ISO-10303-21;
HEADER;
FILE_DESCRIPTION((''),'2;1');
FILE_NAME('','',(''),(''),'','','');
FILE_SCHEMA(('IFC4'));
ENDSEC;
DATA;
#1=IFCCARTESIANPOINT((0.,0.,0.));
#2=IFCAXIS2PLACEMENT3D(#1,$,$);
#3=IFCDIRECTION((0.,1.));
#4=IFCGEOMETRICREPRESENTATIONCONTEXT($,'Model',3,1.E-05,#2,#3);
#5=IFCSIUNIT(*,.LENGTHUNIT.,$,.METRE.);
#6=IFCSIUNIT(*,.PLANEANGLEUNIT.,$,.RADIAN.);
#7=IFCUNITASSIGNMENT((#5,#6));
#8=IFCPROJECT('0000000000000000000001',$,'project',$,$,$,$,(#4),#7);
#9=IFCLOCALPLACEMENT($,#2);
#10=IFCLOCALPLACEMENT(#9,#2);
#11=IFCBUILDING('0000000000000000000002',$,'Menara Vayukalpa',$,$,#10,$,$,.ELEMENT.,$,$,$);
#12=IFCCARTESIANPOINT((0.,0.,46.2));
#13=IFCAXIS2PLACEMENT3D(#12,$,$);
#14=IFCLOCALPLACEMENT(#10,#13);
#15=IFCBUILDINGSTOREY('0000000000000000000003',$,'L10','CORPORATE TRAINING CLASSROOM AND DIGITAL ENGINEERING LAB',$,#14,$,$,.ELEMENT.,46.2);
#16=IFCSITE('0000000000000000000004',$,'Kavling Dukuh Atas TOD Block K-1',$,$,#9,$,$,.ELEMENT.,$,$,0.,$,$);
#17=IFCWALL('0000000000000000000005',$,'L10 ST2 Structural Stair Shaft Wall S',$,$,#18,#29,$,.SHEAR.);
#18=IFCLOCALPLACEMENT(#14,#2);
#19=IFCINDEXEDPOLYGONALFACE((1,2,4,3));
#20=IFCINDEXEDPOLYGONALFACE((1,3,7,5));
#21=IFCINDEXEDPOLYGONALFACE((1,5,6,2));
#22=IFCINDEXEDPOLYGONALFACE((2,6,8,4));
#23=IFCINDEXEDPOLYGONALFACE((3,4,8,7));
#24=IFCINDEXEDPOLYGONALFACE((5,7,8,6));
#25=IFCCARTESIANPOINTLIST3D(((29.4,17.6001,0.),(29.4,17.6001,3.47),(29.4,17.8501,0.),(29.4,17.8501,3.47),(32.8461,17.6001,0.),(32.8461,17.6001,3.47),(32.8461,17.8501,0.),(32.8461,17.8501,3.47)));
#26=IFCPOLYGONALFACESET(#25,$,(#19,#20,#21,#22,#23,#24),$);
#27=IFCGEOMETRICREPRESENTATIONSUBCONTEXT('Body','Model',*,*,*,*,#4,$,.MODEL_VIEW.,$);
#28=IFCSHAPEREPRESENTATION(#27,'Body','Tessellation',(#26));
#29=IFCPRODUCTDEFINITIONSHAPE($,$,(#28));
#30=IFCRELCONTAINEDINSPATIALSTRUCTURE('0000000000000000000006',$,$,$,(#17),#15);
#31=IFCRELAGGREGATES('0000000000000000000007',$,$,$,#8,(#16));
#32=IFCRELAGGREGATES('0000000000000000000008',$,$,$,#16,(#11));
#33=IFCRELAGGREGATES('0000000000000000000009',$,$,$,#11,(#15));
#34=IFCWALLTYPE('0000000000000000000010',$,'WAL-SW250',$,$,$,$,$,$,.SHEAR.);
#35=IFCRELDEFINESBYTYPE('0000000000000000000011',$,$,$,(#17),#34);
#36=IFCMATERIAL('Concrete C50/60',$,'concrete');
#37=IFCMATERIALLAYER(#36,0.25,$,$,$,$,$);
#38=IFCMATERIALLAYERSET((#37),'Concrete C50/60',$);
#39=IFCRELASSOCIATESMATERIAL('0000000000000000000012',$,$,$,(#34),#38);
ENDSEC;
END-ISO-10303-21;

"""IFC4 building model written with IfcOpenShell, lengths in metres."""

from ifc_helpers import new_model, si_unit, direction, frame, frame_2d, origin, place, context, subcontext, project, spatial, rectangle, extrude, material, layer, layer_set, type_object, element, save


model = new_model("IFC4")

# Units and contexts
model_context = context("Model", 3, precision=1e-05, world=origin(), true_north=direction((0.0, 1.0)))
body_context = subcontext(model_context, "Body", "Model", "MODEL_VIEW")
ifc_project = project(units=[si_unit("LENGTHUNIT", "METRE"), si_unit("PLANEANGLEUNIT", "RADIAN")], contexts=[model_context])

# Site, building, storey
site_placement = place(None, origin())
site = spatial("IfcSite", under=ifc_project, at=site_placement, Name="Kavling Dukuh Atas TOD Block K-1", CompositionType="ELEMENT", RefElevation=0.0)
building_placement = place(site_placement, origin())
building = spatial("IfcBuilding", under=site, at=building_placement, Name="Menara Vayukalpa", CompositionType="ELEMENT")
storey_placement = place(building_placement, frame((0.0, 0.0, 46.2)))
storey = spatial("IfcBuildingStorey", under=building, at=storey_placement, Name="L10", Description="CORPORATE TRAINING CLASSROOM AND DIGITAL ENGINEERING LAB", CompositionType="ELEMENT", Elevation=46.2)

# Shared definitions
ifc_material_1 = material(Name="Concrete C50/60", Category="concrete")
ifc_layer_1 = layer(ifc_material_1, 0.25)
ifc_layer_set_1 = layer_set([ifc_layer_1], Name="Concrete C50/60")
wall_type_1 = type_object("IfcWallType", Name="WAL-SW250", PredefinedType="SHEAR", material=ifc_layer_set_1)

# Wall
wall_1_placement = place(storey_placement, frame((29.3999, 17.7251, 0.0), z_axis=(0.0, 0.0, 1.0), x_axis=(1.0, 0.0, 0.0)))
element("IfcWall", 1, at=wall_1_placement, inside=storey, type_object=wall_type_1, Name="L10 ST2 Structural Stair Shaft Wall S", PredefinedType="SHEAR", context=body_context, shape_type="SweptSolid", body=[
    extrude(rectangle(XDim=3.446, YDim=0.25, at=frame_2d((1.7231, 0.0))), origin(), (0.0, 0.0, 1.0), 3.47),
])

save(model, "model.ifc")
